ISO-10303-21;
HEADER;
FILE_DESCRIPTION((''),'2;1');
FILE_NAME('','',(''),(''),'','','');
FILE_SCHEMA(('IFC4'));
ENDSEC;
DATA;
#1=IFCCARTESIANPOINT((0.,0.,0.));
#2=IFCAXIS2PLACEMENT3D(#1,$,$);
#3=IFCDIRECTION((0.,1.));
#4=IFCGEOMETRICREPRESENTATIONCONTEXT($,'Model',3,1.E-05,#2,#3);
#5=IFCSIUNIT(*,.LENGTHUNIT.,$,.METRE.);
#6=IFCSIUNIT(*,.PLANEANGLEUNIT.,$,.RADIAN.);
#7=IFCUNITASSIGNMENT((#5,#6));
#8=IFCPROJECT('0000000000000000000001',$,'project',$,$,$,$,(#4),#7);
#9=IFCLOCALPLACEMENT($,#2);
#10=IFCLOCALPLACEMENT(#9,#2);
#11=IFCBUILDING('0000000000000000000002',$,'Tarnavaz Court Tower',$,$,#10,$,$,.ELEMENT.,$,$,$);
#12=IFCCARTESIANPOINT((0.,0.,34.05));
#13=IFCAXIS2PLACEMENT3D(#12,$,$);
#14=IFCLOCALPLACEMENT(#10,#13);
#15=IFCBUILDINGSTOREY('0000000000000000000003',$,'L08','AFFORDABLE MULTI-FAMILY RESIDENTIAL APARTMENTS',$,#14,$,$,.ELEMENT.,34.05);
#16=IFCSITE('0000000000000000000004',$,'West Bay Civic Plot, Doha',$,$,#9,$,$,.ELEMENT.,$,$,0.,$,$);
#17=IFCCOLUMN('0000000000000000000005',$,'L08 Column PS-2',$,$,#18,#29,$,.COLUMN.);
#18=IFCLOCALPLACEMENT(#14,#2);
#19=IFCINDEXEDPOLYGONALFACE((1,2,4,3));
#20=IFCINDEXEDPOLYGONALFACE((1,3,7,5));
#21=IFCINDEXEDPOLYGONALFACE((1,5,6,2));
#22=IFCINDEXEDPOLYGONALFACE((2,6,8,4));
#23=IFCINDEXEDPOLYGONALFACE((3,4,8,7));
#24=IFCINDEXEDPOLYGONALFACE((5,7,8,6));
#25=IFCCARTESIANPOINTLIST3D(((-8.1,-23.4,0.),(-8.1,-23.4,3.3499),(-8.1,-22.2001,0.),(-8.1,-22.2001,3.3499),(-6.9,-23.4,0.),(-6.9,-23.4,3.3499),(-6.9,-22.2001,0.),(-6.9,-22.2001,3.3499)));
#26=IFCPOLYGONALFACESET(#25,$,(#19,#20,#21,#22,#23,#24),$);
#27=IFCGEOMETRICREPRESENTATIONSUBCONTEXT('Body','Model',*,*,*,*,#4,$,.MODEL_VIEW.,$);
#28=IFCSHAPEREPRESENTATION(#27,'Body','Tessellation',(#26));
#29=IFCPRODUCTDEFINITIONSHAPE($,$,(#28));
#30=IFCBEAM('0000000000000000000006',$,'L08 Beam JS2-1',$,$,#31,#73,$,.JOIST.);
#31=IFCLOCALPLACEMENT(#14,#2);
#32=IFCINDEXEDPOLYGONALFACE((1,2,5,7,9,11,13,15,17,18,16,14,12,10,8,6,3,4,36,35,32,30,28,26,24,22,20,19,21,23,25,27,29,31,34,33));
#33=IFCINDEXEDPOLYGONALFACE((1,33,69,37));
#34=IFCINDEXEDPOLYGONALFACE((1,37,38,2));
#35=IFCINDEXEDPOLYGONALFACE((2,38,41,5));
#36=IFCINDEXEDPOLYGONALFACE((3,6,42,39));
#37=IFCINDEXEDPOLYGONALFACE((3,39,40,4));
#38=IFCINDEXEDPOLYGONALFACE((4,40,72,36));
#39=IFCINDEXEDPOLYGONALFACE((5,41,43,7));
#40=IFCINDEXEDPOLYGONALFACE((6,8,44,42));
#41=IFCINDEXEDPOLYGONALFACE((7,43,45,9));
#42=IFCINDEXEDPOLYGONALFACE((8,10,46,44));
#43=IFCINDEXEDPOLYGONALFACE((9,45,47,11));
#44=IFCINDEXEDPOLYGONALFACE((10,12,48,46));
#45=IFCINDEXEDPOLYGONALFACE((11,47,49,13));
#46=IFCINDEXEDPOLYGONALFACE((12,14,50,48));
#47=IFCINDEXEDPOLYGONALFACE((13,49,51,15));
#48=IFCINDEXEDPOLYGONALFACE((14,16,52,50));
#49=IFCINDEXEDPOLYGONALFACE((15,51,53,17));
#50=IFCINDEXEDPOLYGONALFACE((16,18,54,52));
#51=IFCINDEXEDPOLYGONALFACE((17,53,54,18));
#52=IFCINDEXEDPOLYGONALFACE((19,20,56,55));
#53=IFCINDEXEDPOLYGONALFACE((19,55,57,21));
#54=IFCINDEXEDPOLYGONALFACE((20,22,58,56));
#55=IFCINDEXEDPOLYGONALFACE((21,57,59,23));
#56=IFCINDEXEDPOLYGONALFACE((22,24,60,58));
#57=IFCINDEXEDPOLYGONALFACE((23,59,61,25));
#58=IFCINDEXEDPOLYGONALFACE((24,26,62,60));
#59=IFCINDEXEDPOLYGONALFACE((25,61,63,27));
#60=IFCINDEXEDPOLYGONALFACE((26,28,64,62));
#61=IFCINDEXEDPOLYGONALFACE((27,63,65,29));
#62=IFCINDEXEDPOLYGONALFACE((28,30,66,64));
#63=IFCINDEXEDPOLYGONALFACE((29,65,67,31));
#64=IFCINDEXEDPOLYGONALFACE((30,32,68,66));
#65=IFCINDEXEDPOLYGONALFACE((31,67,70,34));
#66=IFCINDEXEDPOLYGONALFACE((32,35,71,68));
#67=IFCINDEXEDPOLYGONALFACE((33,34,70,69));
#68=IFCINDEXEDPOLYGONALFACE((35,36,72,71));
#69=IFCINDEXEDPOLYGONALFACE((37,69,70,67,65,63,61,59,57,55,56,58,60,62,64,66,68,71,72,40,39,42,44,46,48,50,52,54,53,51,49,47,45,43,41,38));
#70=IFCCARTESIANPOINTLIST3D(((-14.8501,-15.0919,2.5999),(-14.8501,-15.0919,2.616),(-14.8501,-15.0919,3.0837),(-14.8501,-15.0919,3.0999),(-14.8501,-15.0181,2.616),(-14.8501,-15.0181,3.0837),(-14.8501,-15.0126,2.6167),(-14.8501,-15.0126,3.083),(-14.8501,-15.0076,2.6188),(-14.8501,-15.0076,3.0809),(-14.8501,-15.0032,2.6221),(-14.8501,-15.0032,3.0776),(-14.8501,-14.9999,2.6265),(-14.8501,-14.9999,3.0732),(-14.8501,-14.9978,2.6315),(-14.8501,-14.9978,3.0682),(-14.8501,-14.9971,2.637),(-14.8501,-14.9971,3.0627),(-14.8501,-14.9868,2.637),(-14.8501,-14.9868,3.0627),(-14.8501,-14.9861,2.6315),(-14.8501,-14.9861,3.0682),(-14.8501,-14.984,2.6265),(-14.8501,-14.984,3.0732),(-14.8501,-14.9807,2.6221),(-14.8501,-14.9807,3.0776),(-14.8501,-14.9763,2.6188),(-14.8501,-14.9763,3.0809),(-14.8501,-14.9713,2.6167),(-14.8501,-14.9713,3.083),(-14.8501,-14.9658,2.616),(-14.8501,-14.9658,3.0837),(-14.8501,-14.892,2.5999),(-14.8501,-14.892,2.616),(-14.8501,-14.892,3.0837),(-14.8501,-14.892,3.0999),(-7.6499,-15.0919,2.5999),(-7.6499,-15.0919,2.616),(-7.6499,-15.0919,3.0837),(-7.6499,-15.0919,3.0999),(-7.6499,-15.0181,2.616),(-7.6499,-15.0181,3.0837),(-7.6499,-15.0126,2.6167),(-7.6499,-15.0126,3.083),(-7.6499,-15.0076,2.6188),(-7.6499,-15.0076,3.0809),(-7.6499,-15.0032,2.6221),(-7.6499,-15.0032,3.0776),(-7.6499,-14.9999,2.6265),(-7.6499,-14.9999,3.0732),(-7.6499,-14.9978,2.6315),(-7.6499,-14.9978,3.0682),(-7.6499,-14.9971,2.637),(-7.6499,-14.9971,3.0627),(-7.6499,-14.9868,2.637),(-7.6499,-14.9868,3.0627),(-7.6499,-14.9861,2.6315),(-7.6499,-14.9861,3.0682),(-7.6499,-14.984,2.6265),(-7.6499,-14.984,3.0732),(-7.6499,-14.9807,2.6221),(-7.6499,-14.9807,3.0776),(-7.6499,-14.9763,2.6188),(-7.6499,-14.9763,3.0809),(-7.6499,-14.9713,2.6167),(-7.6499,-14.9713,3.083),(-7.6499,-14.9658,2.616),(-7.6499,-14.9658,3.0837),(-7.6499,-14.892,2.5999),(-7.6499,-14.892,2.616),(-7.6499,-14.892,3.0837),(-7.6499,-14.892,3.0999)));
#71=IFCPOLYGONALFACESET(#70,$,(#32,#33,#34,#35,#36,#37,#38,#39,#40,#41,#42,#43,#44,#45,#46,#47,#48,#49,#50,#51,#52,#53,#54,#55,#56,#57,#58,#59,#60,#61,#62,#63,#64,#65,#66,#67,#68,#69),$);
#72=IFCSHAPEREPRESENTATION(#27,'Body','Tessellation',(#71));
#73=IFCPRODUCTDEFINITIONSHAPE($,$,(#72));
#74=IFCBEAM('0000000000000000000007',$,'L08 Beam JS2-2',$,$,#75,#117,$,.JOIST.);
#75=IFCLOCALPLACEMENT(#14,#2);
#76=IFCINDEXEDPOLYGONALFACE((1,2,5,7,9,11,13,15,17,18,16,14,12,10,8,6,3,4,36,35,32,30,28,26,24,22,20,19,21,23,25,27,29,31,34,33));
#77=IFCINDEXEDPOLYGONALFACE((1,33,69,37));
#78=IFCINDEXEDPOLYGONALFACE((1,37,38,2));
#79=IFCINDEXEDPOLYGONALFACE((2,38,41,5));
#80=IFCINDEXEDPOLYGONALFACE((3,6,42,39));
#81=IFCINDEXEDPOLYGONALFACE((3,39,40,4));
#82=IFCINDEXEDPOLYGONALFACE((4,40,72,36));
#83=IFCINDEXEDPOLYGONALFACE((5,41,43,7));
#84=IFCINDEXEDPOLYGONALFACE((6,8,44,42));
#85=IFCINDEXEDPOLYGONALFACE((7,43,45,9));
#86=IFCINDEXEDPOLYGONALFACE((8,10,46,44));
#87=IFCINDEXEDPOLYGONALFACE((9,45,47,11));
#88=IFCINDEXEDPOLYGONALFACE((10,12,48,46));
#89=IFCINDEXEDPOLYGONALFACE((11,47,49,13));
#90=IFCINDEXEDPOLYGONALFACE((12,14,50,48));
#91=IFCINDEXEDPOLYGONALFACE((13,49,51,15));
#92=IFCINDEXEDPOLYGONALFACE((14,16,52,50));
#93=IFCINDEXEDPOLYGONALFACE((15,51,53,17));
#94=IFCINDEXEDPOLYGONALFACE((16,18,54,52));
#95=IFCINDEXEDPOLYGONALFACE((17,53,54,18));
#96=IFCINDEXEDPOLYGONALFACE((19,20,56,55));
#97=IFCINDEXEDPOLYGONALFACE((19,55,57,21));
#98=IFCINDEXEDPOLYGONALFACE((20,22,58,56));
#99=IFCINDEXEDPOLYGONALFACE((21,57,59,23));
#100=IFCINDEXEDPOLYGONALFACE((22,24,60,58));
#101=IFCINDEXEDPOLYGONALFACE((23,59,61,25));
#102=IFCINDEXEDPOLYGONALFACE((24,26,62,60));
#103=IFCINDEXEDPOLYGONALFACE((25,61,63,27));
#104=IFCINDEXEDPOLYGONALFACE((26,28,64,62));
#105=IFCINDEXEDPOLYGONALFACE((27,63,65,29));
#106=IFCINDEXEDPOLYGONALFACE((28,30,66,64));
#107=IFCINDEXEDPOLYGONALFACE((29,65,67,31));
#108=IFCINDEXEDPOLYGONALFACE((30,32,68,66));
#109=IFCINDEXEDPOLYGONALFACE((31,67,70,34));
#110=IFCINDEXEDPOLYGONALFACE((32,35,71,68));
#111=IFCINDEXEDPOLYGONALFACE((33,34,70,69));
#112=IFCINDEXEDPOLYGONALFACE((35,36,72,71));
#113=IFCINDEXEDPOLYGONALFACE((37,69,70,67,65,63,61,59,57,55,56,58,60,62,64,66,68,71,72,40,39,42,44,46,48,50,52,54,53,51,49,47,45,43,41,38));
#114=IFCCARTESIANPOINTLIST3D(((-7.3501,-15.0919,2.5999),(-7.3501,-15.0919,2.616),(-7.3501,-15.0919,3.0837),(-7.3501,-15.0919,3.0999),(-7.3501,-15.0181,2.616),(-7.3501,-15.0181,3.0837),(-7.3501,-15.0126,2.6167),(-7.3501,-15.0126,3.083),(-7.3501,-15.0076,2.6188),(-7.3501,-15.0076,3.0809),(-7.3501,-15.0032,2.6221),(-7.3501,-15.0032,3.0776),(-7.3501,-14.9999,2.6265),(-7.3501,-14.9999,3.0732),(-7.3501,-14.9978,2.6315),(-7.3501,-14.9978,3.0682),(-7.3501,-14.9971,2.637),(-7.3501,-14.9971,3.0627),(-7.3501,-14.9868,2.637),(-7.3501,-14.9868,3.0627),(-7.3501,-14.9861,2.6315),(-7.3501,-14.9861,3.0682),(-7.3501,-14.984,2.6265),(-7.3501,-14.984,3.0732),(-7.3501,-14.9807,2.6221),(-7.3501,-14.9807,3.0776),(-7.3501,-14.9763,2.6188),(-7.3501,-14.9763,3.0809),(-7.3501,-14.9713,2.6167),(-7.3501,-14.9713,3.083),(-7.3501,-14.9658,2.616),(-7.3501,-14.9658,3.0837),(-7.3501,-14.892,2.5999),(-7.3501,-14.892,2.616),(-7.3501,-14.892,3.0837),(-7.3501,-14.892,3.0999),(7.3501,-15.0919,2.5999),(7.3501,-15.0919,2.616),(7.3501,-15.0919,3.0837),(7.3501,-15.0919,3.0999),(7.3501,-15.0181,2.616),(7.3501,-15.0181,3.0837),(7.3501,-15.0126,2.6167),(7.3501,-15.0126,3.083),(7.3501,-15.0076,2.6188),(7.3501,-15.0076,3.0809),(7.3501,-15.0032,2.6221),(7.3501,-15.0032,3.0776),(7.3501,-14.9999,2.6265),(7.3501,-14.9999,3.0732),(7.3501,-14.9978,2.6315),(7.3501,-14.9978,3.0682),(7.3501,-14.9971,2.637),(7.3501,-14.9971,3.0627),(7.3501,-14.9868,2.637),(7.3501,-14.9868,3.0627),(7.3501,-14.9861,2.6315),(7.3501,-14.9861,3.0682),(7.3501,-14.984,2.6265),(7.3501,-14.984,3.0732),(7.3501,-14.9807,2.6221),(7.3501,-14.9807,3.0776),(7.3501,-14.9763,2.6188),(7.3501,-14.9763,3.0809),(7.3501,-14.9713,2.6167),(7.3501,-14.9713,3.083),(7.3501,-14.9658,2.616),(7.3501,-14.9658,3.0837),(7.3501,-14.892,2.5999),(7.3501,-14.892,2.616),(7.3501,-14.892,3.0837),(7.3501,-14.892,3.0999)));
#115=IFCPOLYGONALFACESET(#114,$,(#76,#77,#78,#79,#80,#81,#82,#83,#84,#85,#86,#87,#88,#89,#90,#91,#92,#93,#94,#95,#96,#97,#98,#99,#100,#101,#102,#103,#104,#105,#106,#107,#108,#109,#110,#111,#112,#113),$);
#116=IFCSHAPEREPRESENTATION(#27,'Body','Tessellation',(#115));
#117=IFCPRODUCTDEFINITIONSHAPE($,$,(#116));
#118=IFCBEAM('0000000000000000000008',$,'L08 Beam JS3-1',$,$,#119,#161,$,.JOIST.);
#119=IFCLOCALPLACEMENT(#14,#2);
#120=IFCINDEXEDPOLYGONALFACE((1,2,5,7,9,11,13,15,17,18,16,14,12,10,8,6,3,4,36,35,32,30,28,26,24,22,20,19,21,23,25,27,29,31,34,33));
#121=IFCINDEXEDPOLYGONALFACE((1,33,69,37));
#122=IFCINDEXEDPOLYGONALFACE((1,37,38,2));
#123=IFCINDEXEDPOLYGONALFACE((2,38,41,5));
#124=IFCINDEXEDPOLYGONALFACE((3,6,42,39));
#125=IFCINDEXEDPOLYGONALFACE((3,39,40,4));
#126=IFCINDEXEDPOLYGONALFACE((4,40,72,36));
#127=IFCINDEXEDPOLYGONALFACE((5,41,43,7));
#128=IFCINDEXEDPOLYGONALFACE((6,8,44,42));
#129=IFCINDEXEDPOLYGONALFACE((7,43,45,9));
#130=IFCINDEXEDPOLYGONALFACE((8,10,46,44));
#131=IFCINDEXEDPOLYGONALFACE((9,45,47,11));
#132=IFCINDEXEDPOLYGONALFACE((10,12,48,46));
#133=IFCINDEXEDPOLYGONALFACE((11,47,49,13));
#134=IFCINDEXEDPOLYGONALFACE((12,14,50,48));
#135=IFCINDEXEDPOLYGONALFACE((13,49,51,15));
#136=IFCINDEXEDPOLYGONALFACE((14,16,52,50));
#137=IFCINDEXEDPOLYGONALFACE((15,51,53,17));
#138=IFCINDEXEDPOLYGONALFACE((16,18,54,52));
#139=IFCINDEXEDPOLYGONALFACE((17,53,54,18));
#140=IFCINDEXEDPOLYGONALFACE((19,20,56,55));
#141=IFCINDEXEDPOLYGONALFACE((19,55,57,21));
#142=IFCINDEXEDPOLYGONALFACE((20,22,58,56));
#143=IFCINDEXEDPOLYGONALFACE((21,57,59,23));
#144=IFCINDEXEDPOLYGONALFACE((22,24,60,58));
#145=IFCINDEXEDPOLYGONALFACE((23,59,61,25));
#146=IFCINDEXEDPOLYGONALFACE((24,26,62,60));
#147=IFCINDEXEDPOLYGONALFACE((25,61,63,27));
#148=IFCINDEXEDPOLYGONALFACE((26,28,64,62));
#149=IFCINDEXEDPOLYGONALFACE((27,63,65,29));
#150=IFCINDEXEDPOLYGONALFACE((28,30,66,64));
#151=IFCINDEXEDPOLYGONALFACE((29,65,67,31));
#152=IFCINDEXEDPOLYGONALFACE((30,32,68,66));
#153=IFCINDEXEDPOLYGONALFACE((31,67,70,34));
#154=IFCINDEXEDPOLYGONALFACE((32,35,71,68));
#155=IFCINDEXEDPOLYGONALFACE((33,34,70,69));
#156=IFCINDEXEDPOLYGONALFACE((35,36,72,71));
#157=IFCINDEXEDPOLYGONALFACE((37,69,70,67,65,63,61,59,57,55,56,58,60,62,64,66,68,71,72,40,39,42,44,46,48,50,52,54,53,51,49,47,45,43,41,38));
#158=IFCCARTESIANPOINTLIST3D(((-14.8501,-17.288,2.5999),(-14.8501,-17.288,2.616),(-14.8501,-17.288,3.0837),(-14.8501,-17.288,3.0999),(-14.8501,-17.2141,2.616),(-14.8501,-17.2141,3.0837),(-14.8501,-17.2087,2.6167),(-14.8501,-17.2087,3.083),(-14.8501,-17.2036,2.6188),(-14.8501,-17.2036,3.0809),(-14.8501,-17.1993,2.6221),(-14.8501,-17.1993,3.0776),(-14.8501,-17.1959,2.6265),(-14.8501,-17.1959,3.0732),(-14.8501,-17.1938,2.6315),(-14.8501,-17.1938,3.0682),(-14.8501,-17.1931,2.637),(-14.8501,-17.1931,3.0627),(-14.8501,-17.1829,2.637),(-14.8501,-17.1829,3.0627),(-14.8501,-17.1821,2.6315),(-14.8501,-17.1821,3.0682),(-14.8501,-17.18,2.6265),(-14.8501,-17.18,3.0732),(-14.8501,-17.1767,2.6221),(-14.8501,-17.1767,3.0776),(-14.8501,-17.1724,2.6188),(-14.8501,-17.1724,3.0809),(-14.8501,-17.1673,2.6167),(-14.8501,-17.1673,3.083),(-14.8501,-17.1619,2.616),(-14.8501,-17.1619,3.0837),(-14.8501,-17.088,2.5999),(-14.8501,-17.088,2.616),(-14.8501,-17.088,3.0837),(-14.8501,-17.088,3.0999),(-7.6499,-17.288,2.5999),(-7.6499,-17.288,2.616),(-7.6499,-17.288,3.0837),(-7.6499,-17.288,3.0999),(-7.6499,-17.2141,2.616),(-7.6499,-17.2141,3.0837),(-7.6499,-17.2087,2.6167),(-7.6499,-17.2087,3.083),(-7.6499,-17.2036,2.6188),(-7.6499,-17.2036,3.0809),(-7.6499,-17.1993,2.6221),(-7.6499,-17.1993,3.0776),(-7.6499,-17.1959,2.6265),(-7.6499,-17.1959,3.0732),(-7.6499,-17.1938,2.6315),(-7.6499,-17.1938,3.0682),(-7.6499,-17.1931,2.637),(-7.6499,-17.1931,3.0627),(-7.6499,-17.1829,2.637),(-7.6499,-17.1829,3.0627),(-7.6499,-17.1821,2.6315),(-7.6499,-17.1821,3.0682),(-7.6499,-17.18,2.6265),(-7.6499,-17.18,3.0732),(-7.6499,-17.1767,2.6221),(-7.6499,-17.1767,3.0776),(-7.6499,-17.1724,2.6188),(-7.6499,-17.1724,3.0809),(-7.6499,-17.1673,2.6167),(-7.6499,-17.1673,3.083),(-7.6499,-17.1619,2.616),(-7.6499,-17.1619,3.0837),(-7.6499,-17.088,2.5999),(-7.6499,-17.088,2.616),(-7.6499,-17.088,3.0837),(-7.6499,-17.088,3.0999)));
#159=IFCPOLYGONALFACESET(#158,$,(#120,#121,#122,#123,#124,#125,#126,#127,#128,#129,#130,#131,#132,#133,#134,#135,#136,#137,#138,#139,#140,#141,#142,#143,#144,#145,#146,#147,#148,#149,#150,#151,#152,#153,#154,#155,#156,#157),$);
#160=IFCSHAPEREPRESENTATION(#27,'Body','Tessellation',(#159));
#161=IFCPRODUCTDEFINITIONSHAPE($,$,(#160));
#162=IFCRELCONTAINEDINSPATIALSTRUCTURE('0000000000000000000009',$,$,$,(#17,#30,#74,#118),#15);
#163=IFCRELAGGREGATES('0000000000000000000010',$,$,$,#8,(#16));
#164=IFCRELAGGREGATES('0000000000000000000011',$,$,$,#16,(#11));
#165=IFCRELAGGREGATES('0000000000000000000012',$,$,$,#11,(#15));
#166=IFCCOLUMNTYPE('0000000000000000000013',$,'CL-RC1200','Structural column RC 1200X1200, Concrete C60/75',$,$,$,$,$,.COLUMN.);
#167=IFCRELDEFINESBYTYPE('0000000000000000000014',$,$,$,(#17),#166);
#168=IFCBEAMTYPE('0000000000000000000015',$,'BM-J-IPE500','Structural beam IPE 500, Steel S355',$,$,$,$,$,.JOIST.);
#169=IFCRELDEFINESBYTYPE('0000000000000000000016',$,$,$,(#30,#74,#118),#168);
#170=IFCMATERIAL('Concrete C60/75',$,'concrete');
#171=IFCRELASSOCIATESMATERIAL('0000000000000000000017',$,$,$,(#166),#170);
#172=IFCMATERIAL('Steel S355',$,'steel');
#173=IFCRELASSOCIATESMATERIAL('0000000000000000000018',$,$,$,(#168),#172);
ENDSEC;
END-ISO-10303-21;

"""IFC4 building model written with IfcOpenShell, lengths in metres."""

from ifc_helpers import new_model, si_unit, direction, frame, origin, origin_2d, place, context, subcontext, project, spatial, rectangle, i_section, extrude, material, material_profile, profile_set, type_object, element, save


model = new_model("IFC4")

# Units and contexts
model_context = context("Model", 3, precision=1e-05, world=origin(), true_north=direction((0.0, 1.0)))
body_context = subcontext(model_context, "Body", "Model", "MODEL_VIEW")
ifc_project = project(units=[si_unit("LENGTHUNIT", "METRE"), si_unit("PLANEANGLEUNIT", "RADIAN")], contexts=[model_context])

# Site, building, storey
site_placement = place(None, origin())
site = spatial("IfcSite", under=ifc_project, at=site_placement, Name="West Bay Civic Plot, Doha", CompositionType="ELEMENT", RefElevation=0.0)
building_placement = place(site_placement, origin())
building = spatial("IfcBuilding", under=site, at=building_placement, Name="Tarnavaz Court Tower", CompositionType="ELEMENT")
storey_placement = place(building_placement, frame((0.0, 0.0, 34.05)))
storey = spatial("IfcBuildingStorey", under=building, at=storey_placement, Name="L08", Description="AFFORDABLE MULTI-FAMILY RESIDENTIAL APARTMENTS", CompositionType="ELEMENT", Elevation=34.05)

# Column
ifc_material_1 = material(Name="Concrete C60/75", Category="concrete")
ifc_material_profile_1 = material_profile(ifc_material_1, rectangle(XDim=1.2, YDim=1.2, at=origin_2d()), Name="RC 1200X1200")
ifc_profile_set_1 = profile_set([ifc_material_profile_1], Name="Concrete C60/75")
column_type = type_object("IfcColumnType", Name="CL-RC1200", Description="Structural column RC 1200X1200, Concrete C60/75", PredefinedType="COLUMN", material=ifc_profile_set_1)
column_placement = place(storey_placement, frame((-7.5, -22.8, 0.0), z_axis=(0.0, 0.0, 1.0), x_axis=(1.0, 0.0, 0.0)))
element("IfcColumn", 1, at=column_placement, inside=storey, type_object=column_type, Name="L08 Column PS-2", PredefinedType="COLUMN", context=body_context, shape_type="SweptSolid", body=[
    extrude(rectangle(XDim=1.2, YDim=1.2, at=origin_2d()), origin(), (0.0, 0.0, 1.0), 3.3499),
])

# Beams
ifc_material_2 = material(Name="Steel S355", Category="steel")
ifc_material_profile_2 = material_profile(ifc_material_2, i_section(OverallWidth=0.2, OverallDepth=0.5, WebThickness=0.0103, FlangeThickness=0.0161, FilletRadius=0.021, at=origin_2d()), Name="IPE 500")
ifc_profile_set_2 = profile_set([ifc_material_profile_2], Name="Steel S355")
beam_type_1 = type_object("IfcBeamType", Name="BM-J-IPE500", Description="Structural beam IPE 500, Steel S355", PredefinedType="JOIST", material=ifc_profile_set_2)
beam_1_placement = place(storey_placement, frame((-14.8501, -14.9919, 2.8499), z_axis=(1.0, 0.0, 0.0), x_axis=(0.0, 1.0, 0.0)))
element("IfcBeam", 2, at=beam_1_placement, inside=storey, type_object=beam_type_1, Name="L08 Beam JS2-1", PredefinedType="JOIST", context=body_context, shape_type="SweptSolid", body=[
    extrude(i_section(OverallWidth=0.2, OverallDepth=0.5, WebThickness=0.0103, FlangeThickness=0.0161, FilletRadius=0.021, at=origin_2d()), origin(), (0.0, 0.0, 1.0), 7.2002),
])
beam_2_placement = place(storey_placement, frame((-7.3501, -14.9919, 2.8499), z_axis=(1.0, 0.0, 0.0), x_axis=(0.0, 1.0, 0.0)))
element("IfcBeam", 3, at=beam_2_placement, inside=storey, type_object=beam_type_1, Name="L08 Beam JS2-2", PredefinedType="JOIST", context=body_context, shape_type="SweptSolid", body=[
    extrude(i_section(OverallWidth=0.2, OverallDepth=0.5, WebThickness=0.0103, FlangeThickness=0.0161, FilletRadius=0.021, at=origin_2d()), origin(), (0.0, 0.0, 1.0), 14.7002),
])
beam_3_placement = place(storey_placement, frame((-14.8501, -17.188, 2.8499), z_axis=(1.0, 0.0, 0.0), x_axis=(0.0, 1.0, 0.0)))
element("IfcBeam", 4, at=beam_3_placement, inside=storey, type_object=beam_type_1, Name="L08 Beam JS3-1", PredefinedType="JOIST", context=body_context, shape_type="SweptSolid", body=[
    extrude(i_section(OverallWidth=0.2, OverallDepth=0.5, WebThickness=0.0103, FlangeThickness=0.0161, FilletRadius=0.021, at=origin_2d()), origin(), (0.0, 0.0, 1.0), 7.2002),
])

save(model, "model.ifc")
